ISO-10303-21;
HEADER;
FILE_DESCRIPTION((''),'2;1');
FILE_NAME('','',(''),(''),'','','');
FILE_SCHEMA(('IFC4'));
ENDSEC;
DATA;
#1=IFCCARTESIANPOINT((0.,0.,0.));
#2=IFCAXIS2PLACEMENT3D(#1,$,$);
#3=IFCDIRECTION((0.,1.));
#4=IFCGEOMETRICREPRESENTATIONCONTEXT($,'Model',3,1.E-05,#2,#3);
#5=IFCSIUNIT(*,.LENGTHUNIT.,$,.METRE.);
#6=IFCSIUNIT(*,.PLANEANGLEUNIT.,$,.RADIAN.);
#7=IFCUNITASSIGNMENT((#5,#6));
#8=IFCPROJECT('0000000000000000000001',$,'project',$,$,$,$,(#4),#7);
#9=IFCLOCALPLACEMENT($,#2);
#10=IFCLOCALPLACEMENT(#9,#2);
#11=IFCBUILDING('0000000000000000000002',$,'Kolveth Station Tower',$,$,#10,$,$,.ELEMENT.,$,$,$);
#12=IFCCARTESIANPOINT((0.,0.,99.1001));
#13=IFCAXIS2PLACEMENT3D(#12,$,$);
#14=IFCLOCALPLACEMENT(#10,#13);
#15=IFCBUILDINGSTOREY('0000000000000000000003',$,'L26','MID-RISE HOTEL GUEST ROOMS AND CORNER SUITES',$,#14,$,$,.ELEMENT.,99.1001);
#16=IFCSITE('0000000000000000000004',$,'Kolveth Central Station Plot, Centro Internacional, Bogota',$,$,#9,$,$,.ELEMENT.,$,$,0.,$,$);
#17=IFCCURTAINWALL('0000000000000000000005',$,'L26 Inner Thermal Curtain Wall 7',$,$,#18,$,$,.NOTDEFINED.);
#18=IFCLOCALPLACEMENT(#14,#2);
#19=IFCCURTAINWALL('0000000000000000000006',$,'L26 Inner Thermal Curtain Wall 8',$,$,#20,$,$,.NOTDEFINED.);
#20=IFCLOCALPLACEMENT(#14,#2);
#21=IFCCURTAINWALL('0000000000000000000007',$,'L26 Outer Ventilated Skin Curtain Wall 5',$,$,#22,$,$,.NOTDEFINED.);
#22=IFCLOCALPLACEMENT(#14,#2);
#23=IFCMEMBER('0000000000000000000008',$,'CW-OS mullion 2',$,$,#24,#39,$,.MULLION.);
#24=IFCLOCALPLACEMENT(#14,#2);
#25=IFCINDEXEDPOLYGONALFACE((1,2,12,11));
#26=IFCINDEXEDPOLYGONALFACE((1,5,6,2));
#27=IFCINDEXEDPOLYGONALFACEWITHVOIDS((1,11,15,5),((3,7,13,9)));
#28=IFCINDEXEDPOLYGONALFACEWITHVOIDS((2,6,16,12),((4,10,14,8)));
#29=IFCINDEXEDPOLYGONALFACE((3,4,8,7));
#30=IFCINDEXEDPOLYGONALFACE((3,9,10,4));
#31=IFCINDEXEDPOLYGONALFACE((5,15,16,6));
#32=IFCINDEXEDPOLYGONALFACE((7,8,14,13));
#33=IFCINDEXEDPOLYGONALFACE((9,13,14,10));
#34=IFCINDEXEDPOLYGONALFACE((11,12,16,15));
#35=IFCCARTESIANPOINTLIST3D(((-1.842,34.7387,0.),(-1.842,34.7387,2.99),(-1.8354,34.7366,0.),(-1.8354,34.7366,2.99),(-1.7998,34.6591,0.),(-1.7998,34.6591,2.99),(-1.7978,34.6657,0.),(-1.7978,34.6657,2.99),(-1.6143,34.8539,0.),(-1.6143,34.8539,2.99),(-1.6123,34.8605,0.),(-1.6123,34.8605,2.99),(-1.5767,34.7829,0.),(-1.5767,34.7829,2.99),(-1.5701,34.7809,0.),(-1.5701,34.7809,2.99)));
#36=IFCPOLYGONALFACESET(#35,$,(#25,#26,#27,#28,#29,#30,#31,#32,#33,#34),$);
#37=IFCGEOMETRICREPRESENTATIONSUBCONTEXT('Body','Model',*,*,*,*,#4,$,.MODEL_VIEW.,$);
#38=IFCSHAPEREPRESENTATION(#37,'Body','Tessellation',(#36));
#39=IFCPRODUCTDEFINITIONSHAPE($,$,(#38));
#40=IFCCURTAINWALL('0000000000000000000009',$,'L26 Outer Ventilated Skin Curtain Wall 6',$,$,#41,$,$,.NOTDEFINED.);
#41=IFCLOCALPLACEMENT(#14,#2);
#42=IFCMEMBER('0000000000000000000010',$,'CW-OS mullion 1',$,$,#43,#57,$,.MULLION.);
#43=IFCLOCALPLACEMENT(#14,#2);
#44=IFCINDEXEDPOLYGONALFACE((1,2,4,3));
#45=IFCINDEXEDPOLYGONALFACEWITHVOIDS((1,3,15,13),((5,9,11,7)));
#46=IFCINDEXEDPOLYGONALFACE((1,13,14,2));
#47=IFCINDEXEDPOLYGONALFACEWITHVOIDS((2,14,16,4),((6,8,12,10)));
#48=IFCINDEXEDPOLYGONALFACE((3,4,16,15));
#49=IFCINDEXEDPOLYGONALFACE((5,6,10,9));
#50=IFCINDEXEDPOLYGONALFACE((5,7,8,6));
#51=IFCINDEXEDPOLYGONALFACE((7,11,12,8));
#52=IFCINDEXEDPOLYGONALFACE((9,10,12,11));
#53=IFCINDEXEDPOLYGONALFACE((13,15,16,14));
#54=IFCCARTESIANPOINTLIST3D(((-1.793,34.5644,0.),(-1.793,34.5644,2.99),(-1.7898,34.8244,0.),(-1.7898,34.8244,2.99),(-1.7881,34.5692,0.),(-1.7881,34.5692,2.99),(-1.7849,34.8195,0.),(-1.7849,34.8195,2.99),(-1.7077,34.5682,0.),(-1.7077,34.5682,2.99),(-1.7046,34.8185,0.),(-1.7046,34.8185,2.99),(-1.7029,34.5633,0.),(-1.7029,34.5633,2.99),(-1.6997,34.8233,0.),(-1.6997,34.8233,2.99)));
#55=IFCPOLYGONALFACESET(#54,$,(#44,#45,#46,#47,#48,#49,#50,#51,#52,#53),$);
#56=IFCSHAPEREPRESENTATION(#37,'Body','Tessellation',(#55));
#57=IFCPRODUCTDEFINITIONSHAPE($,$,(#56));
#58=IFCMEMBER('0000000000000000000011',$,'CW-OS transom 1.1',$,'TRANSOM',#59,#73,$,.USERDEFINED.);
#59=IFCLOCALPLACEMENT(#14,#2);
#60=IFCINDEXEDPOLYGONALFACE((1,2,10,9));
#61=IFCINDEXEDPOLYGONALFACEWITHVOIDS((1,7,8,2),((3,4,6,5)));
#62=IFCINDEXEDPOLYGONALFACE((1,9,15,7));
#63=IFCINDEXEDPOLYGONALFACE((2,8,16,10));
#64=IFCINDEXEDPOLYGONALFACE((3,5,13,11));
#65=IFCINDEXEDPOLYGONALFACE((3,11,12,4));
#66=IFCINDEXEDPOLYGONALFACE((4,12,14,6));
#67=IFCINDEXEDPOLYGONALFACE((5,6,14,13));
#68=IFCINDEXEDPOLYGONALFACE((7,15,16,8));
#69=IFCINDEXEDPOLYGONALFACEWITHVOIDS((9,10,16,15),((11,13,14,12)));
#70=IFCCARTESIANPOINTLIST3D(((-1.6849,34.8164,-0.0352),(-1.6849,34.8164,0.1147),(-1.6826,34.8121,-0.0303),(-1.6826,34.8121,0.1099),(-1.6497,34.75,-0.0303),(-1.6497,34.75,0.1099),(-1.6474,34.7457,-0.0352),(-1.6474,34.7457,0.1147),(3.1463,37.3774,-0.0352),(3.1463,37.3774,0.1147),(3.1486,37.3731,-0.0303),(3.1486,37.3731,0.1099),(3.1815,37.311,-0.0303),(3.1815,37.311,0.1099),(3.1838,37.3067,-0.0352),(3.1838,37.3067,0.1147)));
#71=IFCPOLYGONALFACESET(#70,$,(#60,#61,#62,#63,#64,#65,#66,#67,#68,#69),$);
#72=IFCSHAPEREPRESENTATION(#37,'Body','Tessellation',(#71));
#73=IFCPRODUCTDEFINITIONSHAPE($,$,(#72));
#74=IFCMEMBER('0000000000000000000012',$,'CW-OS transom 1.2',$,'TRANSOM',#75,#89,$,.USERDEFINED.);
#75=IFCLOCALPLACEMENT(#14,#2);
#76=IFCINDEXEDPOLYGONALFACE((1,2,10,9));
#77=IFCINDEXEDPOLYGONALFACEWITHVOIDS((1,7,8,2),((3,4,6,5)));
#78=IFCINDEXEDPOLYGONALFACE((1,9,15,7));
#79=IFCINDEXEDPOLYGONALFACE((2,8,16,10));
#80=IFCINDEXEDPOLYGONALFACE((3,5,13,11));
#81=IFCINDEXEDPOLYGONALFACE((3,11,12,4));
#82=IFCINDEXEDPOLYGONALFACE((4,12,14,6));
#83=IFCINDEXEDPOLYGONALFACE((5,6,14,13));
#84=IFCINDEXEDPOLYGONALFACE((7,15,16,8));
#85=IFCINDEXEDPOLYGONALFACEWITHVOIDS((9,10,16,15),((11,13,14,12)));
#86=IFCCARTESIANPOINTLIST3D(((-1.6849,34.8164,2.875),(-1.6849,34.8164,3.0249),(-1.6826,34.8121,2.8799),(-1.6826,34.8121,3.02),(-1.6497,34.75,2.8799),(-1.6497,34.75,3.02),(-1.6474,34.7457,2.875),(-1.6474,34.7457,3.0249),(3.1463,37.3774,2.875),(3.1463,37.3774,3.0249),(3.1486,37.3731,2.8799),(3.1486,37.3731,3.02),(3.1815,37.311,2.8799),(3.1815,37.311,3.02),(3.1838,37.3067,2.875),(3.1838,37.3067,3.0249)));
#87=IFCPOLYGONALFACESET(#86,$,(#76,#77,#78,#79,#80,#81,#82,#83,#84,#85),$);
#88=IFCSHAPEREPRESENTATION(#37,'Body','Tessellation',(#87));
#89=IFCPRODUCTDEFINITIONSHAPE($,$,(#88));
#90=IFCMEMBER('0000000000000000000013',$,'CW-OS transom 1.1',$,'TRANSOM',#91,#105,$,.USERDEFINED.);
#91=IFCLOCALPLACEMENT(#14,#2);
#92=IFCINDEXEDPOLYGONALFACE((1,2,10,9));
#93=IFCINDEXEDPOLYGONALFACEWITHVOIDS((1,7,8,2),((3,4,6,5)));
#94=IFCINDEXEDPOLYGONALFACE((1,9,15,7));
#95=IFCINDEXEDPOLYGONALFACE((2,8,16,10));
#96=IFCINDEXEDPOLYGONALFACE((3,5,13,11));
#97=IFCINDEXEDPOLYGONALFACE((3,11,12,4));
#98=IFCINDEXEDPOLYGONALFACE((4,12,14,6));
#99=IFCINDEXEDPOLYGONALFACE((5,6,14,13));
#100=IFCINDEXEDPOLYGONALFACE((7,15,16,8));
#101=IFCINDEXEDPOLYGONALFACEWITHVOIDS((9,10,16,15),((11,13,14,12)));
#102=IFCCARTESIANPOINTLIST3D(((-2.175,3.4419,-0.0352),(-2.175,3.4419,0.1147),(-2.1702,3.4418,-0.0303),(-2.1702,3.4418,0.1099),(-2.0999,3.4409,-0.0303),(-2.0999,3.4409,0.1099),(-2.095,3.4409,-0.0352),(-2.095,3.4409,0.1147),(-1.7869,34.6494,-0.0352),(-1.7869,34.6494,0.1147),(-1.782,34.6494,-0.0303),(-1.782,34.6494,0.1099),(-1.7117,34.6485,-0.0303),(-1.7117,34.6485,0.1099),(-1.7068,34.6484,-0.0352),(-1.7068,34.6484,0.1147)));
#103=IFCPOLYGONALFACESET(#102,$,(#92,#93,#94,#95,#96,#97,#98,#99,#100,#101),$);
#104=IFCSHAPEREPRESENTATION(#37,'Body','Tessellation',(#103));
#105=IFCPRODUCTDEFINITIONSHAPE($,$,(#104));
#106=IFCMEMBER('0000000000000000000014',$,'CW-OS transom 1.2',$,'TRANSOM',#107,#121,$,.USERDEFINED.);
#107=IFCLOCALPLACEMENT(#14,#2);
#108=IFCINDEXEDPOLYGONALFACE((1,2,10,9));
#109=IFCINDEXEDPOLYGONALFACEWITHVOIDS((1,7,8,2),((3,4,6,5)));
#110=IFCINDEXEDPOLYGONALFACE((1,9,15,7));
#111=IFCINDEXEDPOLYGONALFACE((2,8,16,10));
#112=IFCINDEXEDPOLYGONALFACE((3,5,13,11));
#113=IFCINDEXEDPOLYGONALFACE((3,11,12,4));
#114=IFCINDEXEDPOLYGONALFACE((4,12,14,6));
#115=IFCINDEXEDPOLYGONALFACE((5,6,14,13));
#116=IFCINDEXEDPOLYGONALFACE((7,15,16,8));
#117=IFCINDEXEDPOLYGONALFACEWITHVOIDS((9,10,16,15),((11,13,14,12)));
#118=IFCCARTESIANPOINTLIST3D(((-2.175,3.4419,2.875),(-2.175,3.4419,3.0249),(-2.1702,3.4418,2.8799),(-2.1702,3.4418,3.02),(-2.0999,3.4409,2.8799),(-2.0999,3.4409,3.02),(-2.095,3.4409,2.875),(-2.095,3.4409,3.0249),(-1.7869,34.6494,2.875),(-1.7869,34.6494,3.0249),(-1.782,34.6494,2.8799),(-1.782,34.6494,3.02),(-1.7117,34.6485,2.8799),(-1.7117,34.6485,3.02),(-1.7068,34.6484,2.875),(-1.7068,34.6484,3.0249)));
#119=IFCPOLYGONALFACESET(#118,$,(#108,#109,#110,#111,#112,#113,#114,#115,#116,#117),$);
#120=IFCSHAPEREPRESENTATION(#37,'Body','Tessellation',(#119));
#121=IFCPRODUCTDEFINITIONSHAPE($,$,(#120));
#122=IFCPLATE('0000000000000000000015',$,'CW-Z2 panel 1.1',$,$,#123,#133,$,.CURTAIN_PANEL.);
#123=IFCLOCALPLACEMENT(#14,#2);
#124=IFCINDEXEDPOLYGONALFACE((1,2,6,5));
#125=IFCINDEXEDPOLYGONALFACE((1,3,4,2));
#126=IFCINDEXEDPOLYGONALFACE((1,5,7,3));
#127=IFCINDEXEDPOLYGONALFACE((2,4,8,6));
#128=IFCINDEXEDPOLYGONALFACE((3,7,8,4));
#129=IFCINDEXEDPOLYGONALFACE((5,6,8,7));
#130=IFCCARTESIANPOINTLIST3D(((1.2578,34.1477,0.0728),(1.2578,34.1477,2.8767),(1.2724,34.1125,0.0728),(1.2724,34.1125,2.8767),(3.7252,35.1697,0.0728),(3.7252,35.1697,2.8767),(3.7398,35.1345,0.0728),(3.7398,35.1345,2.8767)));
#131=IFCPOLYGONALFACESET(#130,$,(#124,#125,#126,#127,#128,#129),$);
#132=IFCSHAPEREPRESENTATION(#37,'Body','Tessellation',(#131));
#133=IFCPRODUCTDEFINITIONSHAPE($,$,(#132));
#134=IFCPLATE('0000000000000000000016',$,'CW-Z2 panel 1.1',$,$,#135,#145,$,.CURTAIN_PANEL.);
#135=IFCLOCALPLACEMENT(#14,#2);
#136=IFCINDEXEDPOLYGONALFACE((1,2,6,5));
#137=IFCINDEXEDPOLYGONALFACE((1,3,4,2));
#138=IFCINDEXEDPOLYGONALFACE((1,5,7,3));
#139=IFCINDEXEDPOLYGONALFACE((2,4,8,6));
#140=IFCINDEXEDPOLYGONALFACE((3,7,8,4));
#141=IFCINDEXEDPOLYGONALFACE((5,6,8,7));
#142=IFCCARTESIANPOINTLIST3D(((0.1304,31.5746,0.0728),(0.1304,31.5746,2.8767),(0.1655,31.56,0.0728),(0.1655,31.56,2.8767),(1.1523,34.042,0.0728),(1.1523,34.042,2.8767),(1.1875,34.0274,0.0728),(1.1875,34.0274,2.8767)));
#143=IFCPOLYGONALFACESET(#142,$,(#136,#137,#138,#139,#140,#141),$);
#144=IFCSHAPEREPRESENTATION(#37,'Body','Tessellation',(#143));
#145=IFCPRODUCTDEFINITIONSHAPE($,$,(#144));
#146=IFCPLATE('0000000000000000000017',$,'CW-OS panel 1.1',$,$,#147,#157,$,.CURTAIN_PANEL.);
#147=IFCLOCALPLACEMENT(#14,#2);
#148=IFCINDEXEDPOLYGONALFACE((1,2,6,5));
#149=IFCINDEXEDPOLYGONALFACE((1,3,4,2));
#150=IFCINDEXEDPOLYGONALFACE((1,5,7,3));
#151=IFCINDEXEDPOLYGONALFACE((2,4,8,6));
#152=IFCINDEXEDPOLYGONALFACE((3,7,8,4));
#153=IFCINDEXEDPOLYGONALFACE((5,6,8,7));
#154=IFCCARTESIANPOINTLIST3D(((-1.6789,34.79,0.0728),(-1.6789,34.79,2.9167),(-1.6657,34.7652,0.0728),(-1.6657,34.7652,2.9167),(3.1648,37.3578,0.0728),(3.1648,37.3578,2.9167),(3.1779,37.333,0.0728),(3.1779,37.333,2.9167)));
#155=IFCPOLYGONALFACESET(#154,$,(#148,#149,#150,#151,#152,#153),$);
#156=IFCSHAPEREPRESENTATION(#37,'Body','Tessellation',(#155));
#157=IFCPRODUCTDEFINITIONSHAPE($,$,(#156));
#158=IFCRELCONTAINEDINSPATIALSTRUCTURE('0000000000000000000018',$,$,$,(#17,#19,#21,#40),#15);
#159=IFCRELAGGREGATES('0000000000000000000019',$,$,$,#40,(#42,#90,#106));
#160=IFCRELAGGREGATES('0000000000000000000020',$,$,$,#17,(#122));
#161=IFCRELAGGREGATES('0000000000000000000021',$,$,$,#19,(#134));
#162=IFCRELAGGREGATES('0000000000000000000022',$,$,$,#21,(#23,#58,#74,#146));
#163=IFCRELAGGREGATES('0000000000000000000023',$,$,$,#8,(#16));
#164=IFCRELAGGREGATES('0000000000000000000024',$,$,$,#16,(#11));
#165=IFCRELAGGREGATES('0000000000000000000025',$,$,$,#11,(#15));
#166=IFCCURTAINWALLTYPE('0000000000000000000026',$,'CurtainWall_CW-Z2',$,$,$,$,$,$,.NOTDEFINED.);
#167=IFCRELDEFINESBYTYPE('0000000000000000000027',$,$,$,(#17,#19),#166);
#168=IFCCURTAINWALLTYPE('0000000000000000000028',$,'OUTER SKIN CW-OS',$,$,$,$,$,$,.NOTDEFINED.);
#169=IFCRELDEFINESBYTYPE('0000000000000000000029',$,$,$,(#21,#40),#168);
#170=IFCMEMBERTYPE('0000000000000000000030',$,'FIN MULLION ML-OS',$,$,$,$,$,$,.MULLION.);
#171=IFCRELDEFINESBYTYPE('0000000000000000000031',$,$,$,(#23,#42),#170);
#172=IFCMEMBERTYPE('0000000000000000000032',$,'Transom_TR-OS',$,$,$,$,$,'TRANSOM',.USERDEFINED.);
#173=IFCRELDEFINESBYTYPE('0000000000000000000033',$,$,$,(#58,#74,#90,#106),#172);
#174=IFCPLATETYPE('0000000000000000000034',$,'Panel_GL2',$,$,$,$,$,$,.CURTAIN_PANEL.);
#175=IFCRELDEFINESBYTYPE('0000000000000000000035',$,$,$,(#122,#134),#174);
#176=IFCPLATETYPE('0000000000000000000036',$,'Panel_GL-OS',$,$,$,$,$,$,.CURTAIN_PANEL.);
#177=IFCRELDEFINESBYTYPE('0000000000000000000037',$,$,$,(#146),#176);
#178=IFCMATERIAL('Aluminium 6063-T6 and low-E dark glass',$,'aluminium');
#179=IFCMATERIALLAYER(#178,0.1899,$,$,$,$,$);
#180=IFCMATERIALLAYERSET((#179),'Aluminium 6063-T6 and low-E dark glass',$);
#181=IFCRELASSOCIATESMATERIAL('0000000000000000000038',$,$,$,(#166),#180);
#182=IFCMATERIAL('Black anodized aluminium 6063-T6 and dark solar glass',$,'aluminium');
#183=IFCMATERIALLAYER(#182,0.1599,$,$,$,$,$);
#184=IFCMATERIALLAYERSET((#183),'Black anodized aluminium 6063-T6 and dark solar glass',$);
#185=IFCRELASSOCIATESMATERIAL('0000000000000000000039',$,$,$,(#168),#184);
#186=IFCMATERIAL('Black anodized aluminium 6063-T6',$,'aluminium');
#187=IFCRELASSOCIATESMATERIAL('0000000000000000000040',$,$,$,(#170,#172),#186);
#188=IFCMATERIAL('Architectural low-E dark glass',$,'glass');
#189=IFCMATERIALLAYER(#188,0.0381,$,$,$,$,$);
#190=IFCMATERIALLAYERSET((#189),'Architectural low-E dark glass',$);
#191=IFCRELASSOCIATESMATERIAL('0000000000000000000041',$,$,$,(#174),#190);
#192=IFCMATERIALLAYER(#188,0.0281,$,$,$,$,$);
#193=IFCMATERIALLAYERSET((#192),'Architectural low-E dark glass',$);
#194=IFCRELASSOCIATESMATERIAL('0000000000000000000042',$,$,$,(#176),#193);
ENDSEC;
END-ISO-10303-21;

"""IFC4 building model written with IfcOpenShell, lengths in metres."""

from ifc_helpers import new_model, si_unit, direction, frame, origin, origin_2d, place, context, subcontext, project, spatial, rectangle, hollow_rectangle, extrude, source, transform, mapped, material, layer, layer_set, material_profile, profile_set, type_object, element, aggregate, save


model = new_model("IFC4")

# Units and contexts
model_context = context("Model", 3, precision=1e-05, world=origin(), true_north=direction((0.0, 1.0)))
body_context = subcontext(model_context, "Body", "Model", "MODEL_VIEW")
ifc_project = project(units=[si_unit("LENGTHUNIT", "METRE"), si_unit("PLANEANGLEUNIT", "RADIAN")], contexts=[model_context])

# Site, building, storey
site_placement = place(None, origin())
site = spatial("IfcSite", under=ifc_project, at=site_placement, Name="Kolveth Central Station Plot, Centro Internacional, Bogota", CompositionType="ELEMENT", RefElevation=0.0)
building_placement = place(site_placement, origin())
building = spatial("IfcBuilding", under=site, at=building_placement, Name="Kolveth Station Tower", CompositionType="ELEMENT")
storey_placement = place(building_placement, frame((0.0, 0.0, 99.1001)))
storey = spatial("IfcBuildingStorey", under=building, at=storey_placement, Name="L26", Description="MID-RISE HOTEL GUEST ROOMS AND CORNER SUITES", CompositionType="ELEMENT", Elevation=99.1001)

# Shared definitions
ifc_material_1 = material(Name="Aluminium 6063-T6 and low-E dark glass", Category="aluminium")
ifc_layer_1 = layer(ifc_material_1, 0.1899)
ifc_layer_set_1 = layer_set([ifc_layer_1], Name="Aluminium 6063-T6 and low-E dark glass")
curtain_wall_type_1 = type_object("IfcCurtainWallType", Name="CurtainWall_CW-Z2", PredefinedType="NOTDEFINED", material=ifc_layer_set_1)
ifc_material_2 = material(Name="Black anodized aluminium 6063-T6", Category="aluminium")

# Curtain wall
curtain_wall_1_placement = place(storey_placement, origin())
curtain_wall_1 = element("IfcCurtainWall", 1, at=curtain_wall_1_placement, inside=storey, type_object=curtain_wall_type_1, Name="L26 Inner Thermal Curtain Wall 7", PredefinedType="NOTDEFINED")

# Curtain wall
curtain_wall_2_placement = place(storey_placement, origin())
curtain_wall_2 = element("IfcCurtainWall", 2, at=curtain_wall_2_placement, inside=storey, type_object=curtain_wall_type_1, Name="L26 Inner Thermal Curtain Wall 8", PredefinedType="NOTDEFINED")

# Shared definitions
ifc_material_3 = material(Name="Black anodized aluminium 6063-T6 and dark solar glass", Category="aluminium")
ifc_layer_2 = layer(ifc_material_3, 0.1599)
ifc_layer_set_2 = layer_set([ifc_layer_2], Name="Black anodized aluminium 6063-T6 and dark solar glass")
curtain_wall_type_2 = type_object("IfcCurtainWallType", Name="OUTER SKIN CW-OS", PredefinedType="NOTDEFINED", material=ifc_layer_set_2)
ifc_material_profile_1 = material_profile(ifc_material_2, hollow_rectangle(XDim=0.0901, YDim=0.26, WallThickness=0.0049, at=origin_2d()), Name="ALU-90x260x5")
ifc_profile_set_1 = profile_set([ifc_material_profile_1], Name="Black anodized aluminium 6063-T6")
member_type_1 = type_object("IfcMemberType", Name="FIN MULLION ML-OS", PredefinedType="MULLION", material=ifc_profile_set_1)
shared_shape_1 = source(origin(), body_context, "Body", "SweptSolid", [
    extrude(hollow_rectangle(XDim=0.0901, YDim=0.26, WallThickness=0.0049, at=origin_2d()), origin(), (0.0, 0.0, 1.0), 2.99),
])

# Curtain wall, member
curtain_wall_3_placement = place(storey_placement, origin())
curtain_wall_3 = element("IfcCurtainWall", 3, at=curtain_wall_3_placement, inside=storey, type_object=curtain_wall_type_2, Name="L26 Outer Ventilated Skin Curtain Wall 5", PredefinedType="NOTDEFINED")
member_1_placement = place(storey_placement, frame((-1.7061, 34.7598, 0.0), z_axis=(0.0, 0.0, 1.0), x_axis=(0.468382, -0.883526, 0.0)))
member_1 = element("IfcMember", 4, at=member_1_placement, type_object=member_type_1, Name="CW-OS mullion 2", PredefinedType="MULLION", context=body_context, shape_type="MappedRepresentation", body=[
    mapped(shared_shape_1, transform((0.0, 0.0, 0.0), x_axis=(1.0, 0.0, 0.0), y_axis=(0.0, 1.0, 0.0), z_axis=(0.0, 0.0, 1.0), scale=1.0)),
])

# Curtain wall, member
curtain_wall_4_placement = place(storey_placement, origin())
curtain_wall_4 = element("IfcCurtainWall", 5, at=curtain_wall_4_placement, inside=storey, type_object=curtain_wall_type_2, Name="L26 Outer Ventilated Skin Curtain Wall 6", PredefinedType="NOTDEFINED")
member_2_placement = place(storey_placement, frame((-1.7463, 34.6938, 0.0), z_axis=(0.0, 0.0, 1.0), x_axis=(0.999923, -0.01244, 0.0)))
member_2 = element("IfcMember", 6, at=member_2_placement, type_object=member_type_1, Name="CW-OS mullion 1", PredefinedType="MULLION", context=body_context, shape_type="MappedRepresentation", body=[
    mapped(shared_shape_1, transform((0.0, 0.0, 0.0), x_axis=(1.0, 0.0, 0.0), y_axis=(0.0, 1.0, 0.0), z_axis=(0.0, 0.0, 1.0), scale=1.0)),
])

# Members
ifc_material_profile_2 = material_profile(ifc_material_2, hollow_rectangle(XDim=0.0801, YDim=0.1499, WallThickness=0.0049, at=origin_2d()), Name="ALU-80x150x5")
ifc_profile_set_2 = profile_set([ifc_material_profile_2], Name="Black anodized aluminium 6063-T6")
member_type_2 = type_object("IfcMemberType", Name="Transom_TR-OS", ElementType="TRANSOM", PredefinedType="USERDEFINED", material=ifc_profile_set_2)
shared_shape_2 = source(origin(), body_context, "Body", "SweptSolid", [
    extrude(hollow_rectangle(XDim=0.0801, YDim=0.1499, WallThickness=0.0049, at=origin_2d()), origin(), (0.0, 0.0, 1.0), 5.468),
])
member_3_placement = place(storey_placement, frame((3.165, 37.342, 0.0398), z_axis=(-0.883539, -0.468357, 0.0), x_axis=(0.468357, -0.883539, 0.0)))
member_3 = element("IfcMember", 7, at=member_3_placement, type_object=member_type_2, Name="CW-OS transom 1.1", ObjectType="TRANSOM", PredefinedType="USERDEFINED", context=body_context, shape_type="MappedRepresentation", body=[
    mapped(shared_shape_2, transform((0.0, 0.0, 0.0), x_axis=(1.0, 0.0, 0.0), y_axis=(0.0, 1.0, 0.0), z_axis=(0.0, 0.0, 1.0), scale=1.0)),
])
member_4_placement = place(storey_placement, frame((3.165, 37.342, 2.95), z_axis=(-0.883539, -0.468357, 0.0), x_axis=(0.468357, -0.883539, 0.0)))
member_4 = element("IfcMember", 8, at=member_4_placement, type_object=member_type_2, Name="CW-OS transom 1.2", ObjectType="TRANSOM", PredefinedType="USERDEFINED", context=body_context, shape_type="MappedRepresentation", body=[
    mapped(shared_shape_2, transform((0.0, 0.0, 0.0), x_axis=(1.0, 0.0, 0.0), y_axis=(0.0, 1.0, 0.0), z_axis=(0.0, 0.0, 1.0), scale=1.0)),
])
shared_shape_3 = source(origin(), body_context, "Body", "SweptSolid", [
    extrude(hollow_rectangle(XDim=0.0801, YDim=0.1499, WallThickness=0.0049, at=origin_2d()), origin(), (0.0, 0.0, 1.0), 31.21),
])
member_5_placement = place(storey_placement, frame((-1.7468, 34.6489, 0.0398), z_axis=(-0.012438, -0.999923, 0.0), x_axis=(0.999923, -0.012438, 0.0)))
member_5 = element("IfcMember", 9, at=member_5_placement, type_object=member_type_2, Name="CW-OS transom 1.1", ObjectType="TRANSOM", PredefinedType="USERDEFINED", context=body_context, shape_type="MappedRepresentation", body=[
    mapped(shared_shape_3, transform((0.0, 0.0, 0.0), x_axis=(1.0, 0.0, 0.0), y_axis=(0.0, 1.0, 0.0), z_axis=(0.0, 0.0, 1.0), scale=1.0)),
])
member_6_placement = place(storey_placement, frame((-1.7468, 34.6489, 2.95), z_axis=(-0.012438, -0.999923, 0.0), x_axis=(0.999923, -0.012438, 0.0)))
member_6 = element("IfcMember", 10, at=member_6_placement, type_object=member_type_2, Name="CW-OS transom 1.2", ObjectType="TRANSOM", PredefinedType="USERDEFINED", context=body_context, shape_type="MappedRepresentation", body=[
    mapped(shared_shape_3, transform((0.0, 0.0, 0.0), x_axis=(1.0, 0.0, 0.0), y_axis=(0.0, 1.0, 0.0), z_axis=(0.0, 0.0, 1.0), scale=1.0)),
])
aggregate(curtain_wall_4, [member_2, member_5, member_6])

# Plates
ifc_material_4 = material(Name="Architectural low-E dark glass", Category="glass")
ifc_layer_3 = layer(ifc_material_4, 0.0381)
ifc_layer_set_3 = layer_set([ifc_layer_3], Name="Architectural low-E dark glass")
plate_type_1 = type_object("IfcPlateType", Name="Panel_GL2", PredefinedType="CURTAIN_PANEL", material=ifc_layer_set_3)
shared_shape_4 = source(origin(), body_context, "Body", "SweptSolid", [
    extrude(rectangle(XDim=2.6707, YDim=0.0381, at=origin_2d()), origin(), (0.0, 0.0, 1.0), 2.804),
])
plate_1_placement = place(storey_placement, frame((2.4988, 34.6411, 0.0728), z_axis=(0.0, 0.0, 1.0), x_axis=(-0.923888, -0.382663, 0.0)))
plate_1 = element("IfcPlate", 11, at=plate_1_placement, type_object=plate_type_1, Name="CW-Z2 panel 1.1", PredefinedType="CURTAIN_PANEL", context=body_context, shape_type="MappedRepresentation", body=[
    mapped(shared_shape_4, transform((0.0, 0.0, 0.0), x_axis=(1.0, 0.0, 0.0), y_axis=(0.0, 1.0, 0.0), z_axis=(0.0, 0.0, 1.0), scale=1.0)),
])
aggregate(curtain_wall_1, [plate_1])
plate_2_placement = place(storey_placement, frame((0.6589, 32.801, 0.0728), z_axis=(0.0, 0.0, 1.0), x_axis=(-0.382663, -0.923888, 0.0)))
plate_2 = element("IfcPlate", 12, at=plate_2_placement, type_object=plate_type_1, Name="CW-Z2 panel 1.1", PredefinedType="CURTAIN_PANEL", context=body_context, shape_type="MappedRepresentation", body=[
    mapped(shared_shape_4, transform((0.0, 0.0, 0.0), x_axis=(1.0, 0.0, 0.0), y_axis=(0.0, 1.0, 0.0), z_axis=(0.0, 0.0, 1.0), scale=1.0)),
])
aggregate(curtain_wall_2, [plate_2])
ifc_layer_4 = layer(ifc_material_4, 0.0281)
ifc_layer_set_4 = layer_set([ifc_layer_4], Name="Architectural low-E dark glass")
plate_type_2 = type_object("IfcPlateType", Name="Panel_GL-OS", PredefinedType="CURTAIN_PANEL", material=ifc_layer_set_4)
shared_shape_5 = source(origin(), body_context, "Body", "SweptSolid", [
    extrude(rectangle(XDim=5.4822, YDim=0.0281, at=origin_2d()), origin(), (0.0, 0.0, 1.0), 2.844),
])
plate_3_placement = place(storey_placement, frame((0.7495, 36.0615, 0.0728), z_axis=(0.0, 0.0, 1.0), x_axis=(-0.883526, -0.468382, 0.0)))
plate_3 = element("IfcPlate", 13, at=plate_3_placement, type_object=plate_type_2, Name="CW-OS panel 1.1", PredefinedType="CURTAIN_PANEL", context=body_context, shape_type="MappedRepresentation", body=[
    mapped(shared_shape_5, transform((0.0, 0.0, 0.0), x_axis=(1.0, 0.0, 0.0), y_axis=(0.0, 1.0, 0.0), z_axis=(0.0, 0.0, 1.0), scale=1.0)),
])
aggregate(curtain_wall_3, [member_1, member_3, member_4, plate_3])

save(model, "model.ifc")
